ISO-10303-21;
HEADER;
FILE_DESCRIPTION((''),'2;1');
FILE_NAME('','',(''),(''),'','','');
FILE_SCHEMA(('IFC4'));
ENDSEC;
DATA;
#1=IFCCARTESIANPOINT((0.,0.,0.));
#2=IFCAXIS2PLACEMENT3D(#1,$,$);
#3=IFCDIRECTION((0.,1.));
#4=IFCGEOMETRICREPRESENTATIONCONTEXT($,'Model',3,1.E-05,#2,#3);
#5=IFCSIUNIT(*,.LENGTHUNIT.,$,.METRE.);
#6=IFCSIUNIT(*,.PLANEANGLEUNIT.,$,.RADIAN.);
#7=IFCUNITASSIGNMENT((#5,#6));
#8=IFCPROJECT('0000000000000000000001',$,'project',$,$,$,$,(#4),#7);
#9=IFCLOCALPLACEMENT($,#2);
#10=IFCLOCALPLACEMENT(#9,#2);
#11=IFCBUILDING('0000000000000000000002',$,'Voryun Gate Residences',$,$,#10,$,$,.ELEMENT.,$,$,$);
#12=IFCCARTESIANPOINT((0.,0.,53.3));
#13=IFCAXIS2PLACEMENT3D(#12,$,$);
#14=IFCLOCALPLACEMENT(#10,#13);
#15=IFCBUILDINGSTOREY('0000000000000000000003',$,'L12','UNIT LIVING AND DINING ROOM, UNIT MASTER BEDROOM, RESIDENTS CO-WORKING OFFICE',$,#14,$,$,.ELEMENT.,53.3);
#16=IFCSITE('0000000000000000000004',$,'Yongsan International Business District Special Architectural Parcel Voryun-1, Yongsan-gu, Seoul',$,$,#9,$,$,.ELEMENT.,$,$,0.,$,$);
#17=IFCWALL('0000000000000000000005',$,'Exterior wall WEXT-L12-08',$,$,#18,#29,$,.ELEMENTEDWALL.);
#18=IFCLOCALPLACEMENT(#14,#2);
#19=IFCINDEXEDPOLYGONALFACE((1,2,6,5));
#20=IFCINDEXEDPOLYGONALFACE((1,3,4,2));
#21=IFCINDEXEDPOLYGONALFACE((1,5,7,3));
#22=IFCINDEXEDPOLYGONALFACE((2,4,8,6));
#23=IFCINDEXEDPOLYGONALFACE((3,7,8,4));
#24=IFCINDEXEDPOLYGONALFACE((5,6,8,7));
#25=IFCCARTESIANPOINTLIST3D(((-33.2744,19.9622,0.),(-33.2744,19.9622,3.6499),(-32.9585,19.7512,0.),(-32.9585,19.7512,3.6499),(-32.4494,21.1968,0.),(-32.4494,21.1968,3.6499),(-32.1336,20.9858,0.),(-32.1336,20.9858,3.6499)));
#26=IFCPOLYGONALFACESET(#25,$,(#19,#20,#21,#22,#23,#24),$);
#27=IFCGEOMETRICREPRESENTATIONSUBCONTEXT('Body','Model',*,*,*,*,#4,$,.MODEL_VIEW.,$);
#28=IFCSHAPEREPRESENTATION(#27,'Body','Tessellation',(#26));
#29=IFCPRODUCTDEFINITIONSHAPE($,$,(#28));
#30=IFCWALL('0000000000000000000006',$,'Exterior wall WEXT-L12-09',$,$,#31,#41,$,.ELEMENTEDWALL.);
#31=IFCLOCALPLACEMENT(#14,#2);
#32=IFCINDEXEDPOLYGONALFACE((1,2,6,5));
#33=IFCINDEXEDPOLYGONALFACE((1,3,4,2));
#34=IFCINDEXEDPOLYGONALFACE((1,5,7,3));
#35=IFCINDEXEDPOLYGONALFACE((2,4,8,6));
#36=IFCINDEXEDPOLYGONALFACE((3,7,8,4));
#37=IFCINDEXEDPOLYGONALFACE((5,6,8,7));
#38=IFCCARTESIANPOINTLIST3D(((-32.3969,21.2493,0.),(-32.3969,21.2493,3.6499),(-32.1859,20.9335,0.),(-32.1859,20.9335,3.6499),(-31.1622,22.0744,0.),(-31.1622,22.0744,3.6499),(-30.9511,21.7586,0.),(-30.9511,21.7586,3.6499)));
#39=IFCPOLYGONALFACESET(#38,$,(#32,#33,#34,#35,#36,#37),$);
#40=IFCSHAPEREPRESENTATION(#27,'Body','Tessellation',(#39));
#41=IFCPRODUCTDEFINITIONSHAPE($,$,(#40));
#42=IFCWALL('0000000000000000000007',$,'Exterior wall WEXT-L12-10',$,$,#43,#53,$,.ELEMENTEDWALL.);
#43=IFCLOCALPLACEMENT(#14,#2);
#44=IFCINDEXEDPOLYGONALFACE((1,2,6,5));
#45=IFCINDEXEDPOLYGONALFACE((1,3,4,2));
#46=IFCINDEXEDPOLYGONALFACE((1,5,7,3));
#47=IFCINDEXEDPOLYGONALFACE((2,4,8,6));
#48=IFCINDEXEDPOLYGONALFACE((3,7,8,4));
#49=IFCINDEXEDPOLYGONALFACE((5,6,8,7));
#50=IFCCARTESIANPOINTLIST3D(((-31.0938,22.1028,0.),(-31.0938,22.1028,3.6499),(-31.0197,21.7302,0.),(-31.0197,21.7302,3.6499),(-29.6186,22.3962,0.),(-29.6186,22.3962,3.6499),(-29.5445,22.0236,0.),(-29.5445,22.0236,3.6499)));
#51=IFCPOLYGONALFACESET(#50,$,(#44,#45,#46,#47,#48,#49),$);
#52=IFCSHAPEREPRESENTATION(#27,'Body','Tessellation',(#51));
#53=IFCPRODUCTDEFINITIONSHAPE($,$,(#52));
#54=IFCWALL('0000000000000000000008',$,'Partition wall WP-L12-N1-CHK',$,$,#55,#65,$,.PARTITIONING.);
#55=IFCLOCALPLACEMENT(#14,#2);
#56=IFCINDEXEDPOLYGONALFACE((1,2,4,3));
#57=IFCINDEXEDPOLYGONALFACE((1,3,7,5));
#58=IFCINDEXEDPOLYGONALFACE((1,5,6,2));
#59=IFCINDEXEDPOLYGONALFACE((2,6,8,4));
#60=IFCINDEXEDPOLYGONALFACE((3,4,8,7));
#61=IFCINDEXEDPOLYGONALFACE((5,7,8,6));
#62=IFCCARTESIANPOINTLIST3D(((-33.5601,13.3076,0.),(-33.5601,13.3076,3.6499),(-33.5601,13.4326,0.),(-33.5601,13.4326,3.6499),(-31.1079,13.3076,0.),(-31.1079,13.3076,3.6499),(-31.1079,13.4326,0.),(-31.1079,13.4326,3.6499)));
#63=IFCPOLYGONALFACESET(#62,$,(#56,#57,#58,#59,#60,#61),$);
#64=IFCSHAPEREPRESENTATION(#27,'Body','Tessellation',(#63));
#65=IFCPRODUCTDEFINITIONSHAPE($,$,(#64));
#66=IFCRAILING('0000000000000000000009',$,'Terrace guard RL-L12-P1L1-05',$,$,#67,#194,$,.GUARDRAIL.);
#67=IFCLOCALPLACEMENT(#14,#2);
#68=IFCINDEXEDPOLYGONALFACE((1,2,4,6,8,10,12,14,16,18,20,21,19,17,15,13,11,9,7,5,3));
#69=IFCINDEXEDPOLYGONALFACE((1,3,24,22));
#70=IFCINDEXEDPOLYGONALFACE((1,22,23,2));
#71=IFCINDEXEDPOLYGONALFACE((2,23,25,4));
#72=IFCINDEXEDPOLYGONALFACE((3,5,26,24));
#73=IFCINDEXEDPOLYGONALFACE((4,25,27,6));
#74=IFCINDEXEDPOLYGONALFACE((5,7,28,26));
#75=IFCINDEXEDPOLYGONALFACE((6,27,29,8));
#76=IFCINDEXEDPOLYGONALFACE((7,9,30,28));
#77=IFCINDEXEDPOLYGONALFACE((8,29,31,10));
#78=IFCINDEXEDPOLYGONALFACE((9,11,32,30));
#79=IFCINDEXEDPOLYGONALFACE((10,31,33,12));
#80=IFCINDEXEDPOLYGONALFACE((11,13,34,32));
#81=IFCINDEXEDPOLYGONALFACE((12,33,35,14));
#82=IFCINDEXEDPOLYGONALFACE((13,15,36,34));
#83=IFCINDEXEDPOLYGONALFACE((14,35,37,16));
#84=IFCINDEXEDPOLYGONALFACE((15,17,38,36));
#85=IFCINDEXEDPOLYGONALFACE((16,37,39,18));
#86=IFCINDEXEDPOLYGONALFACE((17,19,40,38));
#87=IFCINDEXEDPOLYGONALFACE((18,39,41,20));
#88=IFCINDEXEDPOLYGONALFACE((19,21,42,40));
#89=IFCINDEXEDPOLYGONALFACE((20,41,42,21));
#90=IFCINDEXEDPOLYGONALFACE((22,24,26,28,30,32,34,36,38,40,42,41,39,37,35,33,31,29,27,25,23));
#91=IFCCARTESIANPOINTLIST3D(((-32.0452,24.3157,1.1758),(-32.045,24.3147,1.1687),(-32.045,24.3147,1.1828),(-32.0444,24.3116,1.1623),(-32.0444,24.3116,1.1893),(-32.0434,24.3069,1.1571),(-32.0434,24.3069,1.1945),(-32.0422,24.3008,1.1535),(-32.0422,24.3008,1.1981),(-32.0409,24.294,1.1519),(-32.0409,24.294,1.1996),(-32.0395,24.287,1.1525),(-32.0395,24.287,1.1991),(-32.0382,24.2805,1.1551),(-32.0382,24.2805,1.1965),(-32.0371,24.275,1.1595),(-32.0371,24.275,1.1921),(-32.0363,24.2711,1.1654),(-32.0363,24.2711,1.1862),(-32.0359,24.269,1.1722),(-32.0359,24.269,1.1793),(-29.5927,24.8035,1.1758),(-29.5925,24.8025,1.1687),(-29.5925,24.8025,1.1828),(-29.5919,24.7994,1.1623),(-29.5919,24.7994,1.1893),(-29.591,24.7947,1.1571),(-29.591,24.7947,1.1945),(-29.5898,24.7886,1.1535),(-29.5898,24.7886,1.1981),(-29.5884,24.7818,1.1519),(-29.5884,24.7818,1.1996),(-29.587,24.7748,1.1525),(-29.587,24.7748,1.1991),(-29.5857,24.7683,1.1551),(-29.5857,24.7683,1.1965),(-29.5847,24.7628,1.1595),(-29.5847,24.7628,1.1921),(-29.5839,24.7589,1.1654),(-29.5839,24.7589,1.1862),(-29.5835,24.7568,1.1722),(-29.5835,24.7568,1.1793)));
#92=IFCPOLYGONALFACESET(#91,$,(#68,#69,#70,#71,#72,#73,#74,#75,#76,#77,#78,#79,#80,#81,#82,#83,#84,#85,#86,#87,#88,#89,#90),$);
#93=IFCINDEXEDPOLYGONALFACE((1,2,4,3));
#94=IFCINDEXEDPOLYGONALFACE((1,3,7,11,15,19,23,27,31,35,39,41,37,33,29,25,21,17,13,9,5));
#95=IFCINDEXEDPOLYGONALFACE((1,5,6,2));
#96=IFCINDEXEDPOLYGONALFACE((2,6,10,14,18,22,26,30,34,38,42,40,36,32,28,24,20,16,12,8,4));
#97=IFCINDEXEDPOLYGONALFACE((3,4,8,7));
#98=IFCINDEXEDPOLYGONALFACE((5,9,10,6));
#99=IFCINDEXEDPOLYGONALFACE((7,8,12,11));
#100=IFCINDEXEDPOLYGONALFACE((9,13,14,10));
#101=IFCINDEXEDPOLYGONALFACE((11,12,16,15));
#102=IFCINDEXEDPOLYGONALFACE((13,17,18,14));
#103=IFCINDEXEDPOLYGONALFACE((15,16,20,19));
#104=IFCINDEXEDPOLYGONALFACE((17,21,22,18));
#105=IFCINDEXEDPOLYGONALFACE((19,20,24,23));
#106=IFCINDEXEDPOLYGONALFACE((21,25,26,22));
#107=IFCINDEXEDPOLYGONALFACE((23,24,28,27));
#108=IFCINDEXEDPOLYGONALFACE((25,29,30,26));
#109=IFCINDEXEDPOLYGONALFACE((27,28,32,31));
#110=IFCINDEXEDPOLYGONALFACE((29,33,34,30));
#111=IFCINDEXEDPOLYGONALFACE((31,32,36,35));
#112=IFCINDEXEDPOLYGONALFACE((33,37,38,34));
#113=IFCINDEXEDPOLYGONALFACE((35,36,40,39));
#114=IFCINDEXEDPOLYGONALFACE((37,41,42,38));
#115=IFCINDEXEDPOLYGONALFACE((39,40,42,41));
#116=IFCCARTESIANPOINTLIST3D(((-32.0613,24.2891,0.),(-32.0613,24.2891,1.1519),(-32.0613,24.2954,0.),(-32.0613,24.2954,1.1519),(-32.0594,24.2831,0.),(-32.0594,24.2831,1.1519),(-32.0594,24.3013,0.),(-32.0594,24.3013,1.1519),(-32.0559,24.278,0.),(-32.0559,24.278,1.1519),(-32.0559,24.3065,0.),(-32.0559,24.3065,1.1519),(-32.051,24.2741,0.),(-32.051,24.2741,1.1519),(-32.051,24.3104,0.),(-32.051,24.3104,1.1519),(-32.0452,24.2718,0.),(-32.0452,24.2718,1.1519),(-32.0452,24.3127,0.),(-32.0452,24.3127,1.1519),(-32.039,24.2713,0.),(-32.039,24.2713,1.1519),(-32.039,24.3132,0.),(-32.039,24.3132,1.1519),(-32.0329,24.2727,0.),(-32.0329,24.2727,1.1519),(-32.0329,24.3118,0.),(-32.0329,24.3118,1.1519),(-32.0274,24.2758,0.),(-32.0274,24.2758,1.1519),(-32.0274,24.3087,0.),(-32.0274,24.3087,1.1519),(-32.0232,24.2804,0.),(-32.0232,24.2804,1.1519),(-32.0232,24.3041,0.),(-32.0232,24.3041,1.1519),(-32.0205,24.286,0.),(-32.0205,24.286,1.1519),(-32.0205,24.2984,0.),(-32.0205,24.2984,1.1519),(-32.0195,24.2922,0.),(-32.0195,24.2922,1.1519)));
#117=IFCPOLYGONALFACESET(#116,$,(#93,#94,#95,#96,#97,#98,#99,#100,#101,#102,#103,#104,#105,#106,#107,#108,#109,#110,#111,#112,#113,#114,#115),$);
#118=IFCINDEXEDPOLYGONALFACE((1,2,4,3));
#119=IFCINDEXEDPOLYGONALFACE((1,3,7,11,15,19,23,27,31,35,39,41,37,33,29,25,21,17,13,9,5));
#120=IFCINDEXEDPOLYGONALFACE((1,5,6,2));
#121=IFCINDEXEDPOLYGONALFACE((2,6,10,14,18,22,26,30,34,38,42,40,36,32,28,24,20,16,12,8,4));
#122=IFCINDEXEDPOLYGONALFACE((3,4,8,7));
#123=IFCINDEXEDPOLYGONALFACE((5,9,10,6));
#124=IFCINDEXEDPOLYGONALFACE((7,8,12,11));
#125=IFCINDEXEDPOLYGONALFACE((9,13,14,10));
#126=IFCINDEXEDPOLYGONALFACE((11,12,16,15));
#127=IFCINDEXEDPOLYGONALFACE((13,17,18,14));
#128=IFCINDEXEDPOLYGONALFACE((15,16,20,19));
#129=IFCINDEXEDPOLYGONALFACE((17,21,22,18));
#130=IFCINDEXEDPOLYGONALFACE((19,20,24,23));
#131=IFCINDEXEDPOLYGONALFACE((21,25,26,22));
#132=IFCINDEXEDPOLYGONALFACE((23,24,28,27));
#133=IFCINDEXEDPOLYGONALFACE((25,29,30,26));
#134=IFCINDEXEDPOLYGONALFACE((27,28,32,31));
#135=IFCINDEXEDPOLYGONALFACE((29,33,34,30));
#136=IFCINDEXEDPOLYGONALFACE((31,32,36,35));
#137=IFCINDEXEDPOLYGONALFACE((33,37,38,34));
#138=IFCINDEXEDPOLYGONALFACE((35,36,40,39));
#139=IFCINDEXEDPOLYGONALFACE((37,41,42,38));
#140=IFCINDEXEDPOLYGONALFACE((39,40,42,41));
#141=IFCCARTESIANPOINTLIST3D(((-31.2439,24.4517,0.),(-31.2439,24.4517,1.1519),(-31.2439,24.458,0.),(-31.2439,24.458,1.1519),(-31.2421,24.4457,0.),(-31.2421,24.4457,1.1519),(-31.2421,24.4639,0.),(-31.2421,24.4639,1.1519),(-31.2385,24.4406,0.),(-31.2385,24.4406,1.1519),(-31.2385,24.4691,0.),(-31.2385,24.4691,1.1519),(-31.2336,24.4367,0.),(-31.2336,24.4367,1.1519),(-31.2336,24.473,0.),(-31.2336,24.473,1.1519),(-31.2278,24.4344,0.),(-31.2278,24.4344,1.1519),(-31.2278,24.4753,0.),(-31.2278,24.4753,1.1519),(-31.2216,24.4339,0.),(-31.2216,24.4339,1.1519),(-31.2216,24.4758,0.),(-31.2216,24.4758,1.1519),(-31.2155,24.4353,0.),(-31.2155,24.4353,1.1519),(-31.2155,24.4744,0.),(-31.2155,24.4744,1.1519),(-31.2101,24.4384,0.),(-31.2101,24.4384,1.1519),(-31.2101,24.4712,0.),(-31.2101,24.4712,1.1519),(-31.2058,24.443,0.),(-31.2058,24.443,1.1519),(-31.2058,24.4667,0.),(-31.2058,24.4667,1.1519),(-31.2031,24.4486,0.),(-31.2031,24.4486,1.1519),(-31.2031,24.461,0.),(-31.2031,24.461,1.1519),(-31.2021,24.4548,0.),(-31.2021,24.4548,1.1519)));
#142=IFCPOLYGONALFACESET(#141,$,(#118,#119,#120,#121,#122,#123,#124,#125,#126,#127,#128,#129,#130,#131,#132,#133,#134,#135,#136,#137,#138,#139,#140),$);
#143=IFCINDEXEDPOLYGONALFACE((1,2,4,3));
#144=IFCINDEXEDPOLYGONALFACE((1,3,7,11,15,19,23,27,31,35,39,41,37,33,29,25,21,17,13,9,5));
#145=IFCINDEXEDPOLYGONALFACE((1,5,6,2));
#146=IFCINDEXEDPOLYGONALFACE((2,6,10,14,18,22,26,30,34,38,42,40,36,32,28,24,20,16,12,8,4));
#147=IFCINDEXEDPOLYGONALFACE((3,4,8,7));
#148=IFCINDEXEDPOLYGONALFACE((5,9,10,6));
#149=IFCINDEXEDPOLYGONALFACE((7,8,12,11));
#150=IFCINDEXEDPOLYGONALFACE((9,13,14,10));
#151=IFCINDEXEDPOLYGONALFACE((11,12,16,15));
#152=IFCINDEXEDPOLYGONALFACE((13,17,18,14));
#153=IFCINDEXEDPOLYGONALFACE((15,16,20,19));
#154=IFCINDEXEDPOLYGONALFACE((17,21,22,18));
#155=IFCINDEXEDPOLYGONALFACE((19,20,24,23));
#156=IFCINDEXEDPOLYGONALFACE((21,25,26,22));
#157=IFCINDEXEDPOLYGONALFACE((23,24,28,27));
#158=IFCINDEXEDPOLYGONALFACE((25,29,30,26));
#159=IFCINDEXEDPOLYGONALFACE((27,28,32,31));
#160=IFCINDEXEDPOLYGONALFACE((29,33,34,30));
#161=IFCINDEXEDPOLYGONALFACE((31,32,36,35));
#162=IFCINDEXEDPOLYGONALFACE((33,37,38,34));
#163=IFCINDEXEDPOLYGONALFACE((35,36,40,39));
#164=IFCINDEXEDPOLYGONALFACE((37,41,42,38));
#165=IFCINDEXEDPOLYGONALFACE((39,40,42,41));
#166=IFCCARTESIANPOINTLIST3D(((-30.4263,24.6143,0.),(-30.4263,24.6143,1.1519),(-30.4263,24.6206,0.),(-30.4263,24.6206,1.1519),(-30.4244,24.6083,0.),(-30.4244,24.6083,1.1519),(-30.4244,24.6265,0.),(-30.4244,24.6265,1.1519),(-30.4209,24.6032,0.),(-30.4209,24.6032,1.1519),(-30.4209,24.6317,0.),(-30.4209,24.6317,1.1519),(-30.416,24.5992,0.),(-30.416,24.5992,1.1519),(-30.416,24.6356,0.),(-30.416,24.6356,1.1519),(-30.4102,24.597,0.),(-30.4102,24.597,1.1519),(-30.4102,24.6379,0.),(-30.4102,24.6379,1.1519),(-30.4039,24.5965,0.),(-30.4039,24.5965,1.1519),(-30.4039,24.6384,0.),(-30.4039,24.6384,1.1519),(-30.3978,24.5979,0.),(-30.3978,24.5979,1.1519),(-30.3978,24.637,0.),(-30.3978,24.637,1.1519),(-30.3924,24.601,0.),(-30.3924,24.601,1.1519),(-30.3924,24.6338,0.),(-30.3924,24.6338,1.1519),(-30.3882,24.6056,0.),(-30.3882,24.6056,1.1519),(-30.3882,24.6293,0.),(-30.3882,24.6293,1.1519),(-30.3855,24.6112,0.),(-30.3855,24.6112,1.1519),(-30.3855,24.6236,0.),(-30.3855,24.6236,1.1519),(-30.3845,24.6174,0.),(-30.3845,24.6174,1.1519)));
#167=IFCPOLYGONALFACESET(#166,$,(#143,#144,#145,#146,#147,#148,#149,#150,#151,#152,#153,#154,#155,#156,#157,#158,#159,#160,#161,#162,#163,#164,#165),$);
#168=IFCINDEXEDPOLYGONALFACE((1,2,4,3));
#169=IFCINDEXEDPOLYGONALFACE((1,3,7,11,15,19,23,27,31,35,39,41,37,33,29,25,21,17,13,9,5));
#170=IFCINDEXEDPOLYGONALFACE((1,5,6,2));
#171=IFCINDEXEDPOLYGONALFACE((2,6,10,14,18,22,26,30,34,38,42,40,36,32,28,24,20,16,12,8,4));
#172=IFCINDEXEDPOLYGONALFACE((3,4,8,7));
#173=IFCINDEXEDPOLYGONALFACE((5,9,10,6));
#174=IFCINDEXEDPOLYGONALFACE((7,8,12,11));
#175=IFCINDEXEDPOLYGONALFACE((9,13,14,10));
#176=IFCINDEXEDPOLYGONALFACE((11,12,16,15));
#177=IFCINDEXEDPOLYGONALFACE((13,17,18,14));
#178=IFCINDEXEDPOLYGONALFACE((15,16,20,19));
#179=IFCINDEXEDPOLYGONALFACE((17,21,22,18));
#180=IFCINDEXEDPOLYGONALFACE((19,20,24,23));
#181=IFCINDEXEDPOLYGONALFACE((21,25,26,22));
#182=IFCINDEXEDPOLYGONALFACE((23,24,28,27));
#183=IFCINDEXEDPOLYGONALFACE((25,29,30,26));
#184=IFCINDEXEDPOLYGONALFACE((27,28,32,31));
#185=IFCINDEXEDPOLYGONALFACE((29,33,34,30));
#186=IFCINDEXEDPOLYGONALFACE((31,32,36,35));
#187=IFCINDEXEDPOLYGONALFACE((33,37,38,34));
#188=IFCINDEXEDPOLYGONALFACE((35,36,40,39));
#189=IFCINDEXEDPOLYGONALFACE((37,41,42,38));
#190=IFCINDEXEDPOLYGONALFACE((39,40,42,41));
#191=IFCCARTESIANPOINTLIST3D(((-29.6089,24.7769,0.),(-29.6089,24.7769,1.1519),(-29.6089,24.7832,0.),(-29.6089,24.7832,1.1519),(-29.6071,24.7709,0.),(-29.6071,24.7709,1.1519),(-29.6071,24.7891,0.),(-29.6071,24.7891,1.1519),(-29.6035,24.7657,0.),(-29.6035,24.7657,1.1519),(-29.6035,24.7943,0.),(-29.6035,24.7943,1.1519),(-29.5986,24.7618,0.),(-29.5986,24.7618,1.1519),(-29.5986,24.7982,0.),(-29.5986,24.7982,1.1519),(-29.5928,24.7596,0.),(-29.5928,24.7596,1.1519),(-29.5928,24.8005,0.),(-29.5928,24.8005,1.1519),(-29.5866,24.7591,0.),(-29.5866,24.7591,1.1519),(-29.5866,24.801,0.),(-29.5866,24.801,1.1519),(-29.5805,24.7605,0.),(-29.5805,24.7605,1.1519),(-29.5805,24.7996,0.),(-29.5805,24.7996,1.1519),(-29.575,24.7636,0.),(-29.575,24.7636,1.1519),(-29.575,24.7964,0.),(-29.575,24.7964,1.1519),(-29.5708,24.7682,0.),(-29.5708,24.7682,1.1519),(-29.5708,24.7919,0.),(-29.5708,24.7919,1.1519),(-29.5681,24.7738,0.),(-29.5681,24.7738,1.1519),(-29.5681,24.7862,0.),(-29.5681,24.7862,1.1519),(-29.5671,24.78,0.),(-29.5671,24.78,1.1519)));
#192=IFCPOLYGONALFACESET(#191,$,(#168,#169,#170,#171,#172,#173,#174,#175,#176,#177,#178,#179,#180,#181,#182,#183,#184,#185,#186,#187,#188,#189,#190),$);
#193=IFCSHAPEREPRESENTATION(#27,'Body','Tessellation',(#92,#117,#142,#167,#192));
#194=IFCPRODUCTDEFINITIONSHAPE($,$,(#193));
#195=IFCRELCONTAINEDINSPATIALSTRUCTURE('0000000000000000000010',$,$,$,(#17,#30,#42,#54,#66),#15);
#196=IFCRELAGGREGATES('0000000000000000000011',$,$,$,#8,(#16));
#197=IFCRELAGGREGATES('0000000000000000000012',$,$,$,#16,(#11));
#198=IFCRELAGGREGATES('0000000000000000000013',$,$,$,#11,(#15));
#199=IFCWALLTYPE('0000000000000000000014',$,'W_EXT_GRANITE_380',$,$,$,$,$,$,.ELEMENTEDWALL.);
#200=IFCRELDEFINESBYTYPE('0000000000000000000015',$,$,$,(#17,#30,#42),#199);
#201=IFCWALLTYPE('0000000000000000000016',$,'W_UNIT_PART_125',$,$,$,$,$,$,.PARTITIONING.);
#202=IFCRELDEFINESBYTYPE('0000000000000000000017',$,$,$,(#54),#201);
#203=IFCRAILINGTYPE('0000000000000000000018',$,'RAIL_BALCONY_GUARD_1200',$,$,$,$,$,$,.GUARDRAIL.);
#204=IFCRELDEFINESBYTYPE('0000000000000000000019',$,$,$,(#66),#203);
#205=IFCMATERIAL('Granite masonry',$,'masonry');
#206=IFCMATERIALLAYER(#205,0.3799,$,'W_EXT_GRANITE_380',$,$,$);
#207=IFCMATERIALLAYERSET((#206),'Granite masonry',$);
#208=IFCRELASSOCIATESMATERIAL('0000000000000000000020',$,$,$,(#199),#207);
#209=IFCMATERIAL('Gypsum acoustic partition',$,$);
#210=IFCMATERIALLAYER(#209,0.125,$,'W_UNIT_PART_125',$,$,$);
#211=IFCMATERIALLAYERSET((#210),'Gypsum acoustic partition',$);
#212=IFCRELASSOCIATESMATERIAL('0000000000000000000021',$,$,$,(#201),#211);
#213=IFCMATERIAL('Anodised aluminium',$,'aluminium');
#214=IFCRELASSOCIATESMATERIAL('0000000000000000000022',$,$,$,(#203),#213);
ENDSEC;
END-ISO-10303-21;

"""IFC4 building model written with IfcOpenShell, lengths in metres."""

from ifc_helpers import new_model, si_unit, direction, frame, frame_2d, origin, origin_2d, place, context, subcontext, project, spatial, rectangle, circle, extrude, material, layer, layer_set, type_object, element, save


model = new_model("IFC4")

# Units and contexts
model_context = context("Model", 3, precision=1e-05, world=origin(), true_north=direction((0.0, 1.0)))
body_context = subcontext(model_context, "Body", "Model", "MODEL_VIEW")
ifc_project = project(units=[si_unit("LENGTHUNIT", "METRE"), si_unit("PLANEANGLEUNIT", "RADIAN")], contexts=[model_context])

# Site, building, storey
site_placement = place(None, origin())
site = spatial("IfcSite", under=ifc_project, at=site_placement, Name="Yongsan International Business District Special Architectural Parcel Voryun-1, Yongsan-gu, Seoul", CompositionType="ELEMENT", RefElevation=0.0)
building_placement = place(site_placement, origin())
building = spatial("IfcBuilding", under=site, at=building_placement, Name="Voryun Gate Residences", CompositionType="ELEMENT")
storey_placement = place(building_placement, frame((0.0, 0.0, 53.3)))
storey = spatial("IfcBuildingStorey", under=building, at=storey_placement, Name="L12", Description="UNIT LIVING AND DINING ROOM, UNIT MASTER BEDROOM, RESIDENTS CO-WORKING OFFICE", CompositionType="ELEMENT", Elevation=53.3)

# Walls
ifc_material_1 = material(Name="Granite masonry", Category="masonry")
ifc_layer_1 = layer(ifc_material_1, 0.3799, Name="W_EXT_GRANITE_380")
ifc_layer_set_1 = layer_set([ifc_layer_1], Name="Granite masonry")
wall_type_1 = type_object("IfcWallType", Name="W_EXT_GRANITE_380", PredefinedType="ELEMENTEDWALL", material=ifc_layer_set_1)
wall_1_placement = place(storey_placement, frame((-33.1165, 19.8567, 0.0), z_axis=(0.0, 0.0, 1.0), x_axis=(0.555573, 0.831468, 0.0)))
element("IfcWall", 1, at=wall_1_placement, inside=storey, type_object=wall_type_1, Name="Exterior wall WEXT-L12-08", PredefinedType="ELEMENTEDWALL", context=body_context, shape_type="SweptSolid", body=[
    extrude(rectangle(XDim=1.4849, YDim=0.3799, at=frame_2d((0.7424, 0.0))), origin(), (0.0, 0.0, 1.0), 3.6499),
])
wall_2_placement = place(storey_placement, frame((-32.2915, 21.0913, 0.0), z_axis=(0.0, 0.0, 1.0), x_axis=(0.831443, 0.55561, 0.0)))
element("IfcWall", 2, at=wall_2_placement, inside=storey, type_object=wall_type_1, Name="Exterior wall WEXT-L12-09", PredefinedType="ELEMENTEDWALL", context=body_context, shape_type="SweptSolid", body=[
    extrude(rectangle(XDim=1.4851, YDim=0.3799, at=frame_2d((0.7427, 0.0))), origin(), (0.0, 0.0, 1.0), 3.6499),
])
wall_3_placement = place(storey_placement, frame((-31.0566, 21.9165, 0.0), z_axis=(0.0, 0.0, 1.0), x_axis=(0.980786, 0.195086, 0.0)))
element("IfcWall", 3, at=wall_3_placement, inside=storey, type_object=wall_type_1, Name="Exterior wall WEXT-L12-10", PredefinedType="ELEMENTEDWALL", context=body_context, shape_type="SweptSolid", body=[
    extrude(rectangle(XDim=1.5042, YDim=0.3799, at=frame_2d((0.752, 0.0))), origin(), (0.0, 0.0, 1.0), 3.6499),
])
ifc_material_2 = material(Name="Gypsum acoustic partition")
ifc_layer_2 = layer(ifc_material_2, 0.125, Name="W_UNIT_PART_125")
ifc_layer_set_2 = layer_set([ifc_layer_2], Name="Gypsum acoustic partition")
wall_type_2 = type_object("IfcWallType", Name="W_UNIT_PART_125", PredefinedType="PARTITIONING", material=ifc_layer_set_2)
wall_4_placement = place(storey_placement, frame((-33.5601, 13.3701, 0.0), z_axis=(0.0, 0.0, 1.0), x_axis=(1.0, 0.0, 0.0)))
element("IfcWall", 4, at=wall_4_placement, inside=storey, type_object=wall_type_2, Name="Partition wall WP-L12-N1-CHK", PredefinedType="PARTITIONING", context=body_context, shape_type="SweptSolid", body=[
    extrude(rectangle(XDim=2.4521, YDim=0.125, at=frame_2d((1.2261, 0.0))), origin(), (0.0, 0.0, 1.0), 3.6499),
])

# Railing
ifc_material_3 = material(Name="Anodised aluminium", Category="aluminium")
railing_type = type_object("IfcRailingType", Name="RAIL_BALCONY_GUARD_1200", PredefinedType="GUARDRAIL", material=ifc_material_3)
railing_1_placement = place(storey_placement, frame((-32.0405, 24.2922, 0.0)))
element("IfcRailing", 5, at=railing_1_placement, inside=storey, type_object=railing_type, Name="Terrace guard RL-L12-P1L1-05", PredefinedType="GUARDRAIL", context=body_context, shape_type="SweptSolid", body=[
    extrude(circle(Radius=0.0239, at=origin_2d()), frame((0.0, 0.0, 1.1758), z_axis=(0.980787, 0.195083, 0.0), x_axis=(-0.195083, 0.980787, 0.0)), (0.0, 0.0, 1.0), 2.5005),
    extrude(circle(Radius=0.021, at=origin_2d()), origin(), (0.0, 0.0, 1.0), 1.1519),
    extrude(circle(Radius=0.021, at=origin_2d()), frame((0.8174, 0.1626, 0.0)), (0.0, 0.0, 1.0), 1.1519),
    extrude(circle(Radius=0.021, at=origin_2d()), frame((1.635, 0.3252, 0.0)), (0.0, 0.0, 1.0), 1.1519),
    extrude(circle(Radius=0.021, at=origin_2d()), frame((2.4524, 0.4878, 0.0)), (0.0, 0.0, 1.0), 1.1519),
])

save(model, "model.ifc")
